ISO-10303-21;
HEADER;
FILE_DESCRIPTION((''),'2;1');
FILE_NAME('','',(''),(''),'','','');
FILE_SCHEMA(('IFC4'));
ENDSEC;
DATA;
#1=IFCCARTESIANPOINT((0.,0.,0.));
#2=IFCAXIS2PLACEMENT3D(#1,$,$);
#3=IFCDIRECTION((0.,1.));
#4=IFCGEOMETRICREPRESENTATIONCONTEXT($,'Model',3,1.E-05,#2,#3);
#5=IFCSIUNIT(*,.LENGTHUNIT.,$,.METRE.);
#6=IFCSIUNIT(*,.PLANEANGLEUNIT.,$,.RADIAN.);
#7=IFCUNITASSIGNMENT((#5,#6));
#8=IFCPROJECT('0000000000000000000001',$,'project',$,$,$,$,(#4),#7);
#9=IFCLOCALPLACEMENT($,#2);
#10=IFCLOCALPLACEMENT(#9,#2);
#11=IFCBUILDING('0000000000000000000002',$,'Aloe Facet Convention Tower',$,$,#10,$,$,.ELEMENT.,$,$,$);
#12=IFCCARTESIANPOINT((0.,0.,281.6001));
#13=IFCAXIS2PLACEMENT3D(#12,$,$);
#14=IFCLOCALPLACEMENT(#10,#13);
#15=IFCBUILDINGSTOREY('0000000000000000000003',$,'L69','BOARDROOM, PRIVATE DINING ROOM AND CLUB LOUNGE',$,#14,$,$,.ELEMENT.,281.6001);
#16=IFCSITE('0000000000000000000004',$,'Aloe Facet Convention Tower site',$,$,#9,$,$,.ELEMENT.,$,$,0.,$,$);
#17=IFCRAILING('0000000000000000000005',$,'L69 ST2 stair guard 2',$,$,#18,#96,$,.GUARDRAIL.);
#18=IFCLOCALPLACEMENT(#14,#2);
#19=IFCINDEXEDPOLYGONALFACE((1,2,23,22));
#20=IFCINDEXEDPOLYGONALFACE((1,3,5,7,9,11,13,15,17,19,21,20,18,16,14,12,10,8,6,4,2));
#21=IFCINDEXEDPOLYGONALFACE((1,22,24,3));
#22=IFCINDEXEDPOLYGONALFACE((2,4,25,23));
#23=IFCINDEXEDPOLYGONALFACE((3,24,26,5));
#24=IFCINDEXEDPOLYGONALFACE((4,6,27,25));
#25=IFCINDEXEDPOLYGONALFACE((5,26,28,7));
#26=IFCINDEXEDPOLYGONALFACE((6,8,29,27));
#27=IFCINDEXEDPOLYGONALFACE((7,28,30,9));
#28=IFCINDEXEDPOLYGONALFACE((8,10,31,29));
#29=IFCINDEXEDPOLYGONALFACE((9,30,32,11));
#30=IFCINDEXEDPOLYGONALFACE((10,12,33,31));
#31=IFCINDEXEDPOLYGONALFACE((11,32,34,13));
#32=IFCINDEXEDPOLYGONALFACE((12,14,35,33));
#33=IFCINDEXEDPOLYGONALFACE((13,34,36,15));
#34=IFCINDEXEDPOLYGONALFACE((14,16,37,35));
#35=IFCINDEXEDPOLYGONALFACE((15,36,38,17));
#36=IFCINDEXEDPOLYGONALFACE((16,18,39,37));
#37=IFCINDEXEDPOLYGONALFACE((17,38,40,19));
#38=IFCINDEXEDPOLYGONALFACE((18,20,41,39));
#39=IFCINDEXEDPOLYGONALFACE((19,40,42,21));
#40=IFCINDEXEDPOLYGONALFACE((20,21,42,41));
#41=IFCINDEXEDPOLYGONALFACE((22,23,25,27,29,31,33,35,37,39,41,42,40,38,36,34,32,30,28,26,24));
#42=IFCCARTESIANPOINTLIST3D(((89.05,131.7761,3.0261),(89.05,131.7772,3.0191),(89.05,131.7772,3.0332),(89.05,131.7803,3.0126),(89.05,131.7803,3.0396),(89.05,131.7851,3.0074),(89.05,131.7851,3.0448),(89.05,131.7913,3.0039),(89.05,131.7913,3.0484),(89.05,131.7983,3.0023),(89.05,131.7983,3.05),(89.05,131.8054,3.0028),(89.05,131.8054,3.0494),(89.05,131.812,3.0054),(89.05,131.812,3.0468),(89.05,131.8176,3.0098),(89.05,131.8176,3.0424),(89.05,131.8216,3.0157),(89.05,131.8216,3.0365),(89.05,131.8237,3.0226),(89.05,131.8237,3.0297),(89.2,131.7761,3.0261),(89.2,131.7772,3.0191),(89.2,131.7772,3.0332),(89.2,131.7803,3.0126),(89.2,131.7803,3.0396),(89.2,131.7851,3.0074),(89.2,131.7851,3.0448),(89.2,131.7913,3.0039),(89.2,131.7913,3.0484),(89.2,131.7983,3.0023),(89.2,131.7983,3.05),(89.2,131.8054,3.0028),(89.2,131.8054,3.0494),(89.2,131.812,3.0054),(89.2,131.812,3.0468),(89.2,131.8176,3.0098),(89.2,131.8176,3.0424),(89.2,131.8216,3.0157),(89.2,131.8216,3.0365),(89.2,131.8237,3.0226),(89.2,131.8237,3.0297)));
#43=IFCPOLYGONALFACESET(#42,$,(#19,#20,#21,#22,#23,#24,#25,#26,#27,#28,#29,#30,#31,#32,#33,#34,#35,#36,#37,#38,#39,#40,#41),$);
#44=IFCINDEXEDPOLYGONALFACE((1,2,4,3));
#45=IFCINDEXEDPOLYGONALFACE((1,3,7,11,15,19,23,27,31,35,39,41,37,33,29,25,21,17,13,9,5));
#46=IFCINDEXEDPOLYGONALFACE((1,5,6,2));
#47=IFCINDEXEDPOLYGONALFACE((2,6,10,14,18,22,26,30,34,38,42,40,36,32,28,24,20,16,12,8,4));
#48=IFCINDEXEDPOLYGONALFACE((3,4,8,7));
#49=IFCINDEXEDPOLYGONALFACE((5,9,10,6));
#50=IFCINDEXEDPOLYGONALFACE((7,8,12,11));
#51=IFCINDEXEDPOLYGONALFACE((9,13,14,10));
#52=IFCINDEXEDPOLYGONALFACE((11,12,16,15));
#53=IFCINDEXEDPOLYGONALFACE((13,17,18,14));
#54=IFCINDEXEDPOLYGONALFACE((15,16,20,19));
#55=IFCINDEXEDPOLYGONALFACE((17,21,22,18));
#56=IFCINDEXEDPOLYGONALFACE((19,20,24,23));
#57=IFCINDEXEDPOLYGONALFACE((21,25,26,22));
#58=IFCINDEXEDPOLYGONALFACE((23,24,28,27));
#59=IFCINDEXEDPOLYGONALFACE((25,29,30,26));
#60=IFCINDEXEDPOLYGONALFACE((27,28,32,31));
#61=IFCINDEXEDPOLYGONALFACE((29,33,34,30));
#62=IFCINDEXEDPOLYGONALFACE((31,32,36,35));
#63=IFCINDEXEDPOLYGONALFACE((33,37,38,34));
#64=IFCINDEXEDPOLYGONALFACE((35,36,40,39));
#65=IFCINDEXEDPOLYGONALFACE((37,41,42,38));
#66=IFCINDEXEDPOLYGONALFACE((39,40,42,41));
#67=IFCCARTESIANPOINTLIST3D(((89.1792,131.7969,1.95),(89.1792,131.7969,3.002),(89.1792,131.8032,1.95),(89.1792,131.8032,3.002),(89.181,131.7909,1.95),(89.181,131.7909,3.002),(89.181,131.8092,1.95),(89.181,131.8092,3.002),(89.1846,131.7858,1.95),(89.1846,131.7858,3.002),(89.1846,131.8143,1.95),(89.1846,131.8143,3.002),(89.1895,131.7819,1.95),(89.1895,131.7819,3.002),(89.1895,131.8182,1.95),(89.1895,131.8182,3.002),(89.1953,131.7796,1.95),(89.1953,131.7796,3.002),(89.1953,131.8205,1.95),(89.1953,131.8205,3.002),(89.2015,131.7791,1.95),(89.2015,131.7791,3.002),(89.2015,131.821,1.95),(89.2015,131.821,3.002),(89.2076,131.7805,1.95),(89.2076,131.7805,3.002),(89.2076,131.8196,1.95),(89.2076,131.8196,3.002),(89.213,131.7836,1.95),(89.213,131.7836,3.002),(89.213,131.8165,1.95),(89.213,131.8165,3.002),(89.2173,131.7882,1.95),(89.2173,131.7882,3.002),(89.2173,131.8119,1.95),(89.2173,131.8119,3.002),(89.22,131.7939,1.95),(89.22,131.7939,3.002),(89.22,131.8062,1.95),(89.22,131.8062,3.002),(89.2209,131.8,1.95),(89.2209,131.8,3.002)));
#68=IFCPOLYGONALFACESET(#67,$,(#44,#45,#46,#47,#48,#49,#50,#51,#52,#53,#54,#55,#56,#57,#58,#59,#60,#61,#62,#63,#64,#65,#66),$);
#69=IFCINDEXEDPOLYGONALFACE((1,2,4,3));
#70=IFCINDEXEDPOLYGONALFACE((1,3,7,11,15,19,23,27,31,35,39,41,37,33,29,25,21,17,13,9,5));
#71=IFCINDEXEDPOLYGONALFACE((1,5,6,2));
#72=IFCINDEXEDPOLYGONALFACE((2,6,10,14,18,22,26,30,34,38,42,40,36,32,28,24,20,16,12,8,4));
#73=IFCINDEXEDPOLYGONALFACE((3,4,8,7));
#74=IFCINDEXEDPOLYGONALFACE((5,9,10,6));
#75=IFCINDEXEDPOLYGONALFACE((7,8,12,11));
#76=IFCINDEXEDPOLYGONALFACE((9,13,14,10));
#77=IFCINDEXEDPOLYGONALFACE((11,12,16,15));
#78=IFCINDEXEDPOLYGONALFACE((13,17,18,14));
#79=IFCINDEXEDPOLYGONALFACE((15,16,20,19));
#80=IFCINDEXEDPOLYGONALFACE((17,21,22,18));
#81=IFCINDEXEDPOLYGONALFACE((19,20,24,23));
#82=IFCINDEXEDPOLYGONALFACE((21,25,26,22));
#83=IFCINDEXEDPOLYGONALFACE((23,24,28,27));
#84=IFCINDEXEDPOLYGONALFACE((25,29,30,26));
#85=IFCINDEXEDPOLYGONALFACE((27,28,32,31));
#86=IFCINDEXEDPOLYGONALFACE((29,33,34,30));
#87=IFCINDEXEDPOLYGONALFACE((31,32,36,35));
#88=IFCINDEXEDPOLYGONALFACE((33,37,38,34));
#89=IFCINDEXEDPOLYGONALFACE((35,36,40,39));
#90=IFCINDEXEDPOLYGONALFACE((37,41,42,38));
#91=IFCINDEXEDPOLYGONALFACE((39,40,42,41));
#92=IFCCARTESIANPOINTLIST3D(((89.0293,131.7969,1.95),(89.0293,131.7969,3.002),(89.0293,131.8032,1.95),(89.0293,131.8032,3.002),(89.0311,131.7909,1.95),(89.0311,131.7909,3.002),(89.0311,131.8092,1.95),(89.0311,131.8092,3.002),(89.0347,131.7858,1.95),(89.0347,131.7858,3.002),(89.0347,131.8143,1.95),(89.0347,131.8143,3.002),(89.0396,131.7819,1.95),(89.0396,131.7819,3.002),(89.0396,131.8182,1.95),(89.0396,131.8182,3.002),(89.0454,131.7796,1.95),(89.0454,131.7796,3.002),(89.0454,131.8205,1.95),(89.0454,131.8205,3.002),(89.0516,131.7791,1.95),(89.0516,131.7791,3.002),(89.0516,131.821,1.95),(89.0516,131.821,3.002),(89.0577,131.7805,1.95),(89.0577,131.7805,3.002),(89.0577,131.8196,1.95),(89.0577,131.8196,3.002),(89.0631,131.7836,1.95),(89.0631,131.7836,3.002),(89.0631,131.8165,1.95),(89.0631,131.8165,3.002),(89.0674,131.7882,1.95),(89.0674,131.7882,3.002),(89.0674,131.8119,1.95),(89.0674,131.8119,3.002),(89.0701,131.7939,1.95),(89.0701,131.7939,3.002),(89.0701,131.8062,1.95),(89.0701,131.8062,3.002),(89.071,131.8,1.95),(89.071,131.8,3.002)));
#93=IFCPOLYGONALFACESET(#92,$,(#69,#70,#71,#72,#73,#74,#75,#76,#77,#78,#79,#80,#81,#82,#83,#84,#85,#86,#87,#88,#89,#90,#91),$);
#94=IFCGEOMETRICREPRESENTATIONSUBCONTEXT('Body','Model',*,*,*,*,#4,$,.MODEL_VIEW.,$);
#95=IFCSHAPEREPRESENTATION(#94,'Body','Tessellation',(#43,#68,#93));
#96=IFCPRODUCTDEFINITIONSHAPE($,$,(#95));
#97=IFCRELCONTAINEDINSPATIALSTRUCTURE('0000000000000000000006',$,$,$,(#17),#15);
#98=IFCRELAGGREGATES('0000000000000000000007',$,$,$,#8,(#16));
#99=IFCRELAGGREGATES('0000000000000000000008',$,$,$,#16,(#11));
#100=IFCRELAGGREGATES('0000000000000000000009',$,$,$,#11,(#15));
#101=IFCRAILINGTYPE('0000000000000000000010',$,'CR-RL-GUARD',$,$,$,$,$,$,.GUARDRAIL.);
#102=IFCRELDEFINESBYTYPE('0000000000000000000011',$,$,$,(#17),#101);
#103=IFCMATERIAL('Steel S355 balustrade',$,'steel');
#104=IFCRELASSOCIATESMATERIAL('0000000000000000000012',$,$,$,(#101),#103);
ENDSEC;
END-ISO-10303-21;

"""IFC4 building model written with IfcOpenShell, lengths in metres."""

from ifc_helpers import new_model, si_unit, direction, frame, origin, origin_2d, place, context, subcontext, project, spatial, circle, extrude, material, type_object, element, save


model = new_model("IFC4")

# Units and contexts
model_context = context("Model", 3, precision=1e-05, world=origin(), true_north=direction((0.0, 1.0)))
body_context = subcontext(model_context, "Body", "Model", "MODEL_VIEW")
ifc_project = project(units=[si_unit("LENGTHUNIT", "METRE"), si_unit("PLANEANGLEUNIT", "RADIAN")], contexts=[model_context])

# Site, building, storey
site_placement = place(None, origin())
site = spatial("IfcSite", under=ifc_project, at=site_placement, Name="Aloe Facet Convention Tower site", CompositionType="ELEMENT", RefElevation=0.0)
building_placement = place(site_placement, origin())
building = spatial("IfcBuilding", under=site, at=building_placement, Name="Aloe Facet Convention Tower", CompositionType="ELEMENT")
storey_placement = place(building_placement, frame((0.0, 0.0, 281.6001)))
storey = spatial("IfcBuildingStorey", under=building, at=storey_placement, Name="L69", Description="BOARDROOM, PRIVATE DINING ROOM AND CLUB LOUNGE", CompositionType="ELEMENT", Elevation=281.6001)

# Railing
ifc_material_1 = material(Name="Steel S355 balustrade", Category="steel")
railing_type_1 = type_object("IfcRailingType", Name="CR-RL-GUARD", PredefinedType="GUARDRAIL", material=ifc_material_1)
railing_1_placement = place(storey_placement, frame((89.2, 131.8, 1.95)))
element("IfcRailing", 1, at=railing_1_placement, inside=storey, type_object=railing_type_1, Name="L69 ST2 stair guard 2", PredefinedType="GUARDRAIL", context=body_context, shape_type="SweptSolid", body=[
    extrude(circle(Radius=0.0239, at=origin_2d()), frame((0.0, 0.0, 1.0762), z_axis=(-1.0, 0.0, 0.0), x_axis=(0.0, -1.0, 0.0)), (0.0, 0.0, 1.0), 0.1499),
    extrude(circle(Radius=0.021, at=origin_2d()), origin(), (0.0, 0.0, 1.0), 1.052),
    extrude(circle(Radius=0.021, at=origin_2d()), frame((-0.1499, 0.0, 0.0)), (0.0, 0.0, 1.0), 1.052),
])

save(model, "model.ifc")
